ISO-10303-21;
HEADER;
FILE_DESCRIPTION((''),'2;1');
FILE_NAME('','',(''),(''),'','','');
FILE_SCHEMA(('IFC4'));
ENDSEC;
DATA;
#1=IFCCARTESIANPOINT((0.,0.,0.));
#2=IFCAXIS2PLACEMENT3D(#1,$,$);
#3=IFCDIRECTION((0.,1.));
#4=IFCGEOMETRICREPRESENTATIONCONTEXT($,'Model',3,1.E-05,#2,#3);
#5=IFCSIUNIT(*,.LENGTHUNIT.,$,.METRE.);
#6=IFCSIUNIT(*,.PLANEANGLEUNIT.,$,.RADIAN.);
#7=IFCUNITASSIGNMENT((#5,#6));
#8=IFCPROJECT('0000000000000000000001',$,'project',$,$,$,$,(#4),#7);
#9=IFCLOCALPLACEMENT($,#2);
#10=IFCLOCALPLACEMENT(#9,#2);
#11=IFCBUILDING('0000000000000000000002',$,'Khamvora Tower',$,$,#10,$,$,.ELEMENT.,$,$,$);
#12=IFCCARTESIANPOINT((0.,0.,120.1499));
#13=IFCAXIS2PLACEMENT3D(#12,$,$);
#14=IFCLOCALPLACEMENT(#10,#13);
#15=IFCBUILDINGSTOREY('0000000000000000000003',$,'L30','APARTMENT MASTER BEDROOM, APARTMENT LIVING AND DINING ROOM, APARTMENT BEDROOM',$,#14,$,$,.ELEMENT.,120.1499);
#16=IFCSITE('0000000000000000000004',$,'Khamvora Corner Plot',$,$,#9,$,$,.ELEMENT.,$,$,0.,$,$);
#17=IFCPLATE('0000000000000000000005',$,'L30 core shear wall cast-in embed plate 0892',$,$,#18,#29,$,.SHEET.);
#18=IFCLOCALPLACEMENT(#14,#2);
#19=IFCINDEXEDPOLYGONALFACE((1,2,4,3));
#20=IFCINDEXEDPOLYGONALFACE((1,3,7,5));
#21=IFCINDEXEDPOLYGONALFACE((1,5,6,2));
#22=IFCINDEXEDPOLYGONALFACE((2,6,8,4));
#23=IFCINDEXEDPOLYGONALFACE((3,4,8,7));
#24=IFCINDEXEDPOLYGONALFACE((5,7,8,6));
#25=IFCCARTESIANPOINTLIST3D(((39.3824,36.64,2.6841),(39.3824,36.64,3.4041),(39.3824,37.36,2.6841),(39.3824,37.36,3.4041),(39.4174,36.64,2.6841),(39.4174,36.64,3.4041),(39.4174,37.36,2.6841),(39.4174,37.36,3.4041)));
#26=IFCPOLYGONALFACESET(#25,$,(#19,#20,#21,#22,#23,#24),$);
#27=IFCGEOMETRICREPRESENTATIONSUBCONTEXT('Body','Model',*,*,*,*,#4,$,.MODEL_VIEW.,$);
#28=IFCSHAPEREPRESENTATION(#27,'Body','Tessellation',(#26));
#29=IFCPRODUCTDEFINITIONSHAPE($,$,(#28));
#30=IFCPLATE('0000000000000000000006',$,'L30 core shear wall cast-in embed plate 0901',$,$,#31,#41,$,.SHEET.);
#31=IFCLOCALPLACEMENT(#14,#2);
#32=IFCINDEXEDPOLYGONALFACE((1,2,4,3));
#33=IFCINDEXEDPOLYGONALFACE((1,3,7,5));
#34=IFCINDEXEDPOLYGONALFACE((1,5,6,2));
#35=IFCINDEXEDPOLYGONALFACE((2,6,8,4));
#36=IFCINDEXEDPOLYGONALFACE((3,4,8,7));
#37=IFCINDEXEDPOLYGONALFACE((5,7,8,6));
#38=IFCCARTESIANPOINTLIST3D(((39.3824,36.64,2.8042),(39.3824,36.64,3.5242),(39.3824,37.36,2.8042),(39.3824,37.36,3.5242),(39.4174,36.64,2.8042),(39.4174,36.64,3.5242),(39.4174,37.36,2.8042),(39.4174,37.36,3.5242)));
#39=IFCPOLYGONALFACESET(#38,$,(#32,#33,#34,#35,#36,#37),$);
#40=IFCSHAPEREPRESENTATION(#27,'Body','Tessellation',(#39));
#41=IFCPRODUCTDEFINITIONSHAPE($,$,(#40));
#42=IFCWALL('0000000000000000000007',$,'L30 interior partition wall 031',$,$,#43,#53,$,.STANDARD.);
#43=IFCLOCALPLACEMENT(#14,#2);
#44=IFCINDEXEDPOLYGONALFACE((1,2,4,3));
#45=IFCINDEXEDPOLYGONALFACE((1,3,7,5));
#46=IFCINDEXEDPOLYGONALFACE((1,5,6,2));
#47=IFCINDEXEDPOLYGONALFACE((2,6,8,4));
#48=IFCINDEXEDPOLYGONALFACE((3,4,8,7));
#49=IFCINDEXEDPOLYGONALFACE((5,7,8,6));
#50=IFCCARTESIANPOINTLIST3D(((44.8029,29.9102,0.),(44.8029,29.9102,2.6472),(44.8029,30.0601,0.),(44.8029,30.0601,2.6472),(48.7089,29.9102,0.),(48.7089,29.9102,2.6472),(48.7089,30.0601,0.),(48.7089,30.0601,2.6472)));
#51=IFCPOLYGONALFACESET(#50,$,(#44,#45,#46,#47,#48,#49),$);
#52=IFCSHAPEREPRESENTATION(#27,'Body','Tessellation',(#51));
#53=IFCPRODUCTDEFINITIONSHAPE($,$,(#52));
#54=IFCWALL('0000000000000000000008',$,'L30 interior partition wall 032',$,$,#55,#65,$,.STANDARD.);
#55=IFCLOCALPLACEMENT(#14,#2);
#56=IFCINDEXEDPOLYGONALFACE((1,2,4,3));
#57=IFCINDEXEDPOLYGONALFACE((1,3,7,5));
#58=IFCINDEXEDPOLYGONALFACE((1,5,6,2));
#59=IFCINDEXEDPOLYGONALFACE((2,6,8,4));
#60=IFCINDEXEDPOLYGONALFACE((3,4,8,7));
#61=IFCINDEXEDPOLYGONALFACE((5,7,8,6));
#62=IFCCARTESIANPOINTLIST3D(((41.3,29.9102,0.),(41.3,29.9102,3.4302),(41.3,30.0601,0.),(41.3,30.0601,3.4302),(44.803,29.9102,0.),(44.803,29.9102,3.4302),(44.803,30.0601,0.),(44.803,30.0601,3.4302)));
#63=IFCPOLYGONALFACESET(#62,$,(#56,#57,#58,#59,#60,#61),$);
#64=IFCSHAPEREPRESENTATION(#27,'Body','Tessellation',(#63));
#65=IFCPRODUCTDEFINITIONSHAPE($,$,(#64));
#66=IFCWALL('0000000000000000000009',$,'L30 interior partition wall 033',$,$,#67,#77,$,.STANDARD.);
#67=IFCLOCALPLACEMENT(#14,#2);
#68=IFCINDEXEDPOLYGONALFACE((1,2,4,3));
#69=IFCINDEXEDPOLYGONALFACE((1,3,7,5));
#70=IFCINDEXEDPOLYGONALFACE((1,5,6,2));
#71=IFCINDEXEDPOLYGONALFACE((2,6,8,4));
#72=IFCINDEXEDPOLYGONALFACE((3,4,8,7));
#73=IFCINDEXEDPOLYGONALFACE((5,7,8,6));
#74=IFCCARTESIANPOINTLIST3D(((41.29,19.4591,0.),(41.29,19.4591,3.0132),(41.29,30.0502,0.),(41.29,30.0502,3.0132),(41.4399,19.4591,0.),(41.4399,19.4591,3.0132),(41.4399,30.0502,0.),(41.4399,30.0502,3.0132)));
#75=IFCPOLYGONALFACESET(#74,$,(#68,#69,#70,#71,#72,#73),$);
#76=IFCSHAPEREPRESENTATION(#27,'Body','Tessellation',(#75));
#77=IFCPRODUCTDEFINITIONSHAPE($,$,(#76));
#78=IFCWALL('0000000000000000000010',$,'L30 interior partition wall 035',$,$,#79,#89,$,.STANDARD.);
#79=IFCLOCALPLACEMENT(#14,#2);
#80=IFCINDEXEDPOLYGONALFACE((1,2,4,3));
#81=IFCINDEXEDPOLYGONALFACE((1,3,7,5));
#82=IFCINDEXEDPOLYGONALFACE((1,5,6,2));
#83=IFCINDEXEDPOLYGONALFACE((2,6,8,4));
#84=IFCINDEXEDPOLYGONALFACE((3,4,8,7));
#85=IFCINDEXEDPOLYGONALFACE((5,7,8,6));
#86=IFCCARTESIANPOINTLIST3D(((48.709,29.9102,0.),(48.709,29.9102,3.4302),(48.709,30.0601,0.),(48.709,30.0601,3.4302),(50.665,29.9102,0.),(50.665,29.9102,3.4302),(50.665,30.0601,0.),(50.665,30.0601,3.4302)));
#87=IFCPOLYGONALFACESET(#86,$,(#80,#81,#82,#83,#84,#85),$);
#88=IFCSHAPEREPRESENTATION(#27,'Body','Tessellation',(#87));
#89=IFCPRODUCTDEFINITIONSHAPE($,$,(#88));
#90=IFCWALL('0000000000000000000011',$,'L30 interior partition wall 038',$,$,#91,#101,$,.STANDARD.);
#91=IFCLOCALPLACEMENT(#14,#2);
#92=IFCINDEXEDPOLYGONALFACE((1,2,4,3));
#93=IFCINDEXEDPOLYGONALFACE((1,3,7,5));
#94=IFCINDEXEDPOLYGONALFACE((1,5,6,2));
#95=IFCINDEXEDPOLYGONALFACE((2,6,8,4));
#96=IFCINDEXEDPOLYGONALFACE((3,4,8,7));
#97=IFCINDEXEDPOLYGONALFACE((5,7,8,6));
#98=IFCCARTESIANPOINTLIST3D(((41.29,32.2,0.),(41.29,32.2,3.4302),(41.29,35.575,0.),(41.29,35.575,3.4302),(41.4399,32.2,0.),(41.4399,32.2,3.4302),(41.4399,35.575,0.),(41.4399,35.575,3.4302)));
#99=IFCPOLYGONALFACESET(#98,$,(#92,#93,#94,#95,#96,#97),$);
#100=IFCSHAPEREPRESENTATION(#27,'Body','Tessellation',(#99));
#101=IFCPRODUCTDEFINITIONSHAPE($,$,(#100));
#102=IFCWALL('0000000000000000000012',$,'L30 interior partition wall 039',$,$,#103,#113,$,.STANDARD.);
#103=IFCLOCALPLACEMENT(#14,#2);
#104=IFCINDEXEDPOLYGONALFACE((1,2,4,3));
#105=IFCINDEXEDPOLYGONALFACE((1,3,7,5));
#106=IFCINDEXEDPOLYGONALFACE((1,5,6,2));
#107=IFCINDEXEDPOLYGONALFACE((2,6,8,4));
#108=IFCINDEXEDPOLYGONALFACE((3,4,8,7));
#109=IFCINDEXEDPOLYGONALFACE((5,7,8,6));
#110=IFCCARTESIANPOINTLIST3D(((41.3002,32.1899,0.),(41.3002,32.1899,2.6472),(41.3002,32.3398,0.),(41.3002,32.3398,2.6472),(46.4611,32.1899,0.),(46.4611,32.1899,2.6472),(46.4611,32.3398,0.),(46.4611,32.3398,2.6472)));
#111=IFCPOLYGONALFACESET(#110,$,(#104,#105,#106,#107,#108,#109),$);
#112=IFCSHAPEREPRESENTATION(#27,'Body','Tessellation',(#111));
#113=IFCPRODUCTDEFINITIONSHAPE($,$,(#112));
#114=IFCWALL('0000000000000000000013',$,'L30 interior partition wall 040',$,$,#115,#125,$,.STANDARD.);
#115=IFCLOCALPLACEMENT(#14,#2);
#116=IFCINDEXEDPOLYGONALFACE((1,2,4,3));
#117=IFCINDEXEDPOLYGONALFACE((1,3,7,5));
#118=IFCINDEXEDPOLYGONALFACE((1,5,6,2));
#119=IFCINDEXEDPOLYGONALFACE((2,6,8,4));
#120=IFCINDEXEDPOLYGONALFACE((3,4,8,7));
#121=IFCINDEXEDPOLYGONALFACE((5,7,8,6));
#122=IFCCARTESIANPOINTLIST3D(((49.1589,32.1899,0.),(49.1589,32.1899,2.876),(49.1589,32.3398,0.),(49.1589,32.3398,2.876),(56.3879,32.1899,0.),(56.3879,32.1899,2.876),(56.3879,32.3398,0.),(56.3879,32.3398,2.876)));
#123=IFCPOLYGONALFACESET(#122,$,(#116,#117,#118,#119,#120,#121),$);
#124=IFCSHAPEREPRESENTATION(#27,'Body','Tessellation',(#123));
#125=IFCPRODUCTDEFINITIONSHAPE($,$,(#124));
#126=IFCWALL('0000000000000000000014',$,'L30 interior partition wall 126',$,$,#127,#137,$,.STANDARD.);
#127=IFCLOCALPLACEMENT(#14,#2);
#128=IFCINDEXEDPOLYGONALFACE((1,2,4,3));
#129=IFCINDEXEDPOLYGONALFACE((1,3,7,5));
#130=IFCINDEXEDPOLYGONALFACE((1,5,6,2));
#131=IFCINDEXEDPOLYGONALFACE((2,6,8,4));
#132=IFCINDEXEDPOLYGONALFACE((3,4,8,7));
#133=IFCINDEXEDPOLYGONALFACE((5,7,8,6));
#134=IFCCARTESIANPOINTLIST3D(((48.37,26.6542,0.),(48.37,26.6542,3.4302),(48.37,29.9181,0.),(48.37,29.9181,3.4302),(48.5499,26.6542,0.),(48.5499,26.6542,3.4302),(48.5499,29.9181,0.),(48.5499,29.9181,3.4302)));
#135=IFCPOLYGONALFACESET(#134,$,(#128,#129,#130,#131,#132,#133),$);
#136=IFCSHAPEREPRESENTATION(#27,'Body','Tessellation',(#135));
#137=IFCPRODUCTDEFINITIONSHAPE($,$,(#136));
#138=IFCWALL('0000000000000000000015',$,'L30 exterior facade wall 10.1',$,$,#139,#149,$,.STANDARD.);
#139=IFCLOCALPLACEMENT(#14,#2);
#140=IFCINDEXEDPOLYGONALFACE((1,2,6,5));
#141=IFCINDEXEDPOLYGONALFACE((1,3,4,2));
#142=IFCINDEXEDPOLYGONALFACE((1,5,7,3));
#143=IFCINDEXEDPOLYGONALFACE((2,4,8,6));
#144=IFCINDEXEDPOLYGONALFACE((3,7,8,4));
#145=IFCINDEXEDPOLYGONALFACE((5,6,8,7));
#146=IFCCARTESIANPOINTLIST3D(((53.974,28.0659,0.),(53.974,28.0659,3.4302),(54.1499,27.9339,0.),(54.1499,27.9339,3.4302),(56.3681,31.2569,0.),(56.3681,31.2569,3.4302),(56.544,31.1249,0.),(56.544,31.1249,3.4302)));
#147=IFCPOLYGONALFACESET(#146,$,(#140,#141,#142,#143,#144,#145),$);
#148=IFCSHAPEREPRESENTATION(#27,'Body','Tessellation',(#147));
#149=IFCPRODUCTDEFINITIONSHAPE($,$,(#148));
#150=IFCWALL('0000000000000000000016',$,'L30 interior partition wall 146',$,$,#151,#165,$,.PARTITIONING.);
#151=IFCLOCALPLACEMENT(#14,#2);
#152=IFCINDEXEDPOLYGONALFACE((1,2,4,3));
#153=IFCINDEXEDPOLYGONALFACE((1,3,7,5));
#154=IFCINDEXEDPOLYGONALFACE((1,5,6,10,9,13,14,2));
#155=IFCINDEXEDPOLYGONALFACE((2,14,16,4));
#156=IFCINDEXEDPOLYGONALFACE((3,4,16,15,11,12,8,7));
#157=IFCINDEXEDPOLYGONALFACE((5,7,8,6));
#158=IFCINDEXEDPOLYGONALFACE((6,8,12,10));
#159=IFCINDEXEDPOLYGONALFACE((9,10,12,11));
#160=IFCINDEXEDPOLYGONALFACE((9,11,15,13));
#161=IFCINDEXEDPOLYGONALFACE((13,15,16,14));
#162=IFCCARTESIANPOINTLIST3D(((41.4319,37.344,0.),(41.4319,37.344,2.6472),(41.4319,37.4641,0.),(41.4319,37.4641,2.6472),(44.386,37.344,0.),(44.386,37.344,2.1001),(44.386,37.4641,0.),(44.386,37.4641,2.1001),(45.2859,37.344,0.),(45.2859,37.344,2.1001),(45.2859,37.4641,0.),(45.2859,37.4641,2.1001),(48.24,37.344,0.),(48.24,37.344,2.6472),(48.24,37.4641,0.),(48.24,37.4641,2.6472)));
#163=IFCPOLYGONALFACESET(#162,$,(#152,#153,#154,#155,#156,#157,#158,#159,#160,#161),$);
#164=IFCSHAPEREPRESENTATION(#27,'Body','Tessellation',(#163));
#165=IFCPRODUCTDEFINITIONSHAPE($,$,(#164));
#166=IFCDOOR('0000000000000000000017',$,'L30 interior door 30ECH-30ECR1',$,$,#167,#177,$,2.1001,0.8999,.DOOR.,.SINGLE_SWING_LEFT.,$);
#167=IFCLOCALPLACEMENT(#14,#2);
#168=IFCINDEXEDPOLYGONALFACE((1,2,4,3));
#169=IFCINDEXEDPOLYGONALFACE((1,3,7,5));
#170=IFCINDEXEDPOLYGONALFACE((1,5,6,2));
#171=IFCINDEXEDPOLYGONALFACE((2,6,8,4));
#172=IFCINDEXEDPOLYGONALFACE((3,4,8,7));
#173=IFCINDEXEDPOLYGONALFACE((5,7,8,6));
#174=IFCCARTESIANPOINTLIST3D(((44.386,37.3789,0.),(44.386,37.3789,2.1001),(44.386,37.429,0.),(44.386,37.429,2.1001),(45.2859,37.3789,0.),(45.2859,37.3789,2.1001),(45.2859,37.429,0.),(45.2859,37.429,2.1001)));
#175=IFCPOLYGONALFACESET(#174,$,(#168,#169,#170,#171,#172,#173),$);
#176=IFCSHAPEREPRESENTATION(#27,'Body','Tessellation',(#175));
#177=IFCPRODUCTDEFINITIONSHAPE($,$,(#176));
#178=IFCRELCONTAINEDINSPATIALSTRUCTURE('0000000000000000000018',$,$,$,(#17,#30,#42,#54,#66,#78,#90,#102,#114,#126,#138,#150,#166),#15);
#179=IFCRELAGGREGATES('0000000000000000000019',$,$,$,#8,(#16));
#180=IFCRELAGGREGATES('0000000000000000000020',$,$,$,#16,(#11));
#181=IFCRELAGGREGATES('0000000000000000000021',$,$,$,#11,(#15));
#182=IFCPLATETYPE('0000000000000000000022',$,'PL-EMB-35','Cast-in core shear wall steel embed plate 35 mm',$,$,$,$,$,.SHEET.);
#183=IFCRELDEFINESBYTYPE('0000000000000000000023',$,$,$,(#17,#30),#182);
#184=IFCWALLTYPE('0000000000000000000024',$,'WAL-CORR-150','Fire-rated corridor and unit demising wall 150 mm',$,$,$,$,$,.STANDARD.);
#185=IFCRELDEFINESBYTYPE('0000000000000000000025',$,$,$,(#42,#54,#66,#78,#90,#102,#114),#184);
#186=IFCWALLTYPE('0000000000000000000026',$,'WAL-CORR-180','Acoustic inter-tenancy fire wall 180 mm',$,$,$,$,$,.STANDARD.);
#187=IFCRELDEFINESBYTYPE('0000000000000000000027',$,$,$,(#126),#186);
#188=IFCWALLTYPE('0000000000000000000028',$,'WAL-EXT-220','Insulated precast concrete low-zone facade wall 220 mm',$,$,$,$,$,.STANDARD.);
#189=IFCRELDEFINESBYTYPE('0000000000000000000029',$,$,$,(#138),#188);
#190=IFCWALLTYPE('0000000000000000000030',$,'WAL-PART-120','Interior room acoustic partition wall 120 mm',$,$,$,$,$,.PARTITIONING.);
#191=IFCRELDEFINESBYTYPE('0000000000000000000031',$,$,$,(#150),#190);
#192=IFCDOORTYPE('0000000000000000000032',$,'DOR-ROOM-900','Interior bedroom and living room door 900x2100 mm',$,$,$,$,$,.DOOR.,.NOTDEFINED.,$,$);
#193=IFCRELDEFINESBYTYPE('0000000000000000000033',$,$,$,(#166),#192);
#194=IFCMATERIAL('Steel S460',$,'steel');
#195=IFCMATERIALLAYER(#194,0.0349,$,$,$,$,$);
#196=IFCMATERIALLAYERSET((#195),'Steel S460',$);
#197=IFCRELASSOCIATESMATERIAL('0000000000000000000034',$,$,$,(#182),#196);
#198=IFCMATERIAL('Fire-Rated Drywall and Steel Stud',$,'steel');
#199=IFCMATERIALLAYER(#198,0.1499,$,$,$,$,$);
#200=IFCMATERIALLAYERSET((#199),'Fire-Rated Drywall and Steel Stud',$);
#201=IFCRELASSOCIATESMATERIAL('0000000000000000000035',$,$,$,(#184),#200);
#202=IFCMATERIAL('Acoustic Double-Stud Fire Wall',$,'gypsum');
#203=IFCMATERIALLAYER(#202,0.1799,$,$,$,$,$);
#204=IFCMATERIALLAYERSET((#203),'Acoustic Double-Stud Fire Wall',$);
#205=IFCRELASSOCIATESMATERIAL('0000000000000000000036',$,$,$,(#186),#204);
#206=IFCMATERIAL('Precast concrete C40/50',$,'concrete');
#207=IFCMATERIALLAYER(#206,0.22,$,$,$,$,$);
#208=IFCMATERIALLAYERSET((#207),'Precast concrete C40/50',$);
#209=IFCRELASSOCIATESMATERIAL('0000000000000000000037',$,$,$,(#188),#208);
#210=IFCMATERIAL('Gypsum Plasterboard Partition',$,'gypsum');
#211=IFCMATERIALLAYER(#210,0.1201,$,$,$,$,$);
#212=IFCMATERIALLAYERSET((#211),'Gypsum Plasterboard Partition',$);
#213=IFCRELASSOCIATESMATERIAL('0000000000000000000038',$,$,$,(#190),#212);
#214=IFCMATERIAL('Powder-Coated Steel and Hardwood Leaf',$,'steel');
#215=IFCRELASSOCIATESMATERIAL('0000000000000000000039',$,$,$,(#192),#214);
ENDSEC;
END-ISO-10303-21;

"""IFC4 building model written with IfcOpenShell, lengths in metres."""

from ifc_helpers import new_model, si_unit, direction, frame, frame_2d, origin, origin_2d, place, context, subcontext, project, spatial, rectangle, extrude, material, layer, layer_set, type_object, element, fill, save


model = new_model("IFC4")

# Units and contexts
model_context = context("Model", 3, precision=1e-05, world=origin(), true_north=direction((0.0, 1.0)))
body_context = subcontext(model_context, "Body", "Model", "MODEL_VIEW")
ifc_project = project(units=[si_unit("LENGTHUNIT", "METRE"), si_unit("PLANEANGLEUNIT", "RADIAN")], contexts=[model_context])

# Site, building, storey
site_placement = place(None, origin())
site = spatial("IfcSite", under=ifc_project, at=site_placement, Name="Khamvora Corner Plot", CompositionType="ELEMENT", RefElevation=0.0)
building_placement = place(site_placement, origin())
building = spatial("IfcBuilding", under=site, at=building_placement, Name="Khamvora Tower", CompositionType="ELEMENT")
storey_placement = place(building_placement, frame((0.0, 0.0, 120.1499)))
storey = spatial("IfcBuildingStorey", under=building, at=storey_placement, Name="L30", Description="APARTMENT MASTER BEDROOM, APARTMENT LIVING AND DINING ROOM, APARTMENT BEDROOM", CompositionType="ELEMENT", Elevation=120.1499)

# Plates
ifc_material_1 = material(Name="Steel S460", Category="steel")
ifc_layer_1 = layer(ifc_material_1, 0.0349)
ifc_layer_set_1 = layer_set([ifc_layer_1], Name="Steel S460")
plate_type = type_object("IfcPlateType", Name="PL-EMB-35", Description="Cast-in core shear wall steel embed plate 35 mm", PredefinedType="SHEET", material=ifc_layer_set_1)
for number, where, z_axis, x_axis, name in (
    (1, (39.3999, 37.0, 2.6841), (0.0, 0.0, 1.0), (1.0, 0.0, 0.0), "L30 core shear wall cast-in embed plate 0892"),
    (2, (39.3999, 37.0, 2.8042), (0.0, 0.0, 1.0), (1.0, 0.0, 0.0), "L30 core shear wall cast-in embed plate 0901"),
):
    element("IfcPlate", number, at=place(storey_placement, frame(where, z_axis=z_axis, x_axis=x_axis)), inside=storey, type_object=plate_type, Name=name, PredefinedType="SHEET", context=body_context, shape_type="SweptSolid", body=[
        extrude(rectangle(XDim=0.0349, YDim=0.72, at=origin_2d()), origin(), (0.0, 0.0, 1.0), 0.72),
    ])

# Walls
ifc_material_2 = material(Name="Fire-Rated Drywall and Steel Stud", Category="steel")
ifc_layer_2 = layer(ifc_material_2, 0.1499)
ifc_layer_set_2 = layer_set([ifc_layer_2], Name="Fire-Rated Drywall and Steel Stud")
wall_type_1 = type_object("IfcWallType", Name="WAL-CORR-150", Description="Fire-rated corridor and unit demising wall 150 mm", PredefinedType="STANDARD", material=ifc_layer_set_2)
wall_1_placement = place(storey_placement, frame((48.709, 29.9851, 0.0), z_axis=(0.0, 0.0, 1.0), x_axis=(-1.0, 0.0, 0.0)))
element("IfcWall", 3, at=wall_1_placement, inside=storey, type_object=wall_type_1, Name="L30 interior partition wall 031", PredefinedType="STANDARD", context=body_context, shape_type="SweptSolid", body=[
    extrude(rectangle(XDim=3.906, YDim=0.1499, at=frame_2d((1.9531, 0.0))), origin(), (0.0, 0.0, 1.0), 2.6472),
])
wall_2_placement = place(storey_placement, frame((44.803, 29.9851, 0.0), z_axis=(0.0, 0.0, 1.0), x_axis=(-1.0, 0.0, 0.0)))
element("IfcWall", 4, at=wall_2_placement, inside=storey, type_object=wall_type_1, Name="L30 interior partition wall 032", PredefinedType="STANDARD", context=body_context, shape_type="SweptSolid", body=[
    extrude(rectangle(XDim=3.5029, YDim=0.1499, at=frame_2d((1.7515, 0.0))), origin(), (0.0, 0.0, 1.0), 3.4302),
])
wall_3_placement = place(storey_placement, frame((41.365, 30.05, 0.0), z_axis=(0.0, 0.0, 1.0), x_axis=(0.0, -1.0, 0.0)))
element("IfcWall", 5, at=wall_3_placement, inside=storey, type_object=wall_type_1, Name="L30 interior partition wall 033", PredefinedType="STANDARD", context=body_context, shape_type="SweptSolid", body=[
    extrude(rectangle(XDim=10.5911, YDim=0.1499, at=frame_2d((5.2954, 0.0))), origin(), (0.0, 0.0, 1.0), 3.0132),
])

# Shared definitions
ifc_material_3 = material(Name="Powder-Coated Steel and Hardwood Leaf", Category="steel")

# Wall
wall_4_placement = place(storey_placement, frame((50.665, 29.9851, 0.0), z_axis=(0.0, 0.0, 1.0), x_axis=(-1.0, 0.0, 0.0)))
element("IfcWall", 6, at=wall_4_placement, inside=storey, type_object=wall_type_1, Name="L30 interior partition wall 035", PredefinedType="STANDARD", context=body_context, shape_type="SweptSolid", body=[
    extrude(rectangle(XDim=1.9561, YDim=0.1499, at=frame_2d((0.978, 0.0))), origin(), (0.0, 0.0, 1.0), 3.4302),
])

# Walls
wall_5_placement = place(storey_placement, frame((41.365, 35.575, 0.0), z_axis=(0.0, 0.0, 1.0), x_axis=(0.0, -1.0, 0.0)))
element("IfcWall", 7, at=wall_5_placement, inside=storey, type_object=wall_type_1, Name="L30 interior partition wall 038", PredefinedType="STANDARD", context=body_context, shape_type="SweptSolid", body=[
    extrude(rectangle(XDim=3.375, YDim=0.1499, at=frame_2d((1.6875, 0.0))), origin(), (0.0, 0.0, 1.0), 3.4302),
])
wall_6_placement = place(storey_placement, frame((41.3, 32.2649, 0.0), z_axis=(0.0, 0.0, 1.0), x_axis=(1.0, 0.0, 0.0)))
element("IfcWall", 8, at=wall_6_placement, inside=storey, type_object=wall_type_1, Name="L30 interior partition wall 039", PredefinedType="STANDARD", context=body_context, shape_type="SweptSolid", body=[
    extrude(rectangle(XDim=5.1609, YDim=0.1499, at=frame_2d((2.5806, 0.0))), origin(), (0.0, 0.0, 1.0), 2.6472),
])
wall_7_placement = place(storey_placement, frame((49.1589, 32.2649, 0.0), z_axis=(0.0, 0.0, 1.0), x_axis=(1.0, 0.0, 0.0)))
element("IfcWall", 9, at=wall_7_placement, inside=storey, type_object=wall_type_1, Name="L30 interior partition wall 040", PredefinedType="STANDARD", context=body_context, shape_type="SweptSolid", body=[
    extrude(rectangle(XDim=7.229, YDim=0.1499, at=frame_2d((3.6145, 0.0))), origin(), (0.0, 0.0, 1.0), 2.876),
])
ifc_material_4 = material(Name="Acoustic Double-Stud Fire Wall", Category="gypsum")
ifc_layer_3 = layer(ifc_material_4, 0.1799)
ifc_layer_set_3 = layer_set([ifc_layer_3], Name="Acoustic Double-Stud Fire Wall")
wall_type_2 = type_object("IfcWallType", Name="WAL-CORR-180", Description="Acoustic inter-tenancy fire wall 180 mm", PredefinedType="STANDARD", material=ifc_layer_set_3)
wall_8_placement = place(storey_placement, frame((48.46, 29.918, 0.0), z_axis=(0.0, 0.0, 1.0), x_axis=(0.0, -1.0, 0.0)))
element("IfcWall", 10, at=wall_8_placement, inside=storey, type_object=wall_type_2, Name="L30 interior partition wall 126", PredefinedType="STANDARD", context=body_context, shape_type="SweptSolid", body=[
    extrude(rectangle(XDim=3.2639, YDim=0.1799, at=frame_2d((1.6318, 0.0))), origin(), (0.0, 0.0, 1.0), 3.4302),
])
ifc_material_5 = material(Name="Precast concrete C40/50", Category="concrete")
ifc_layer_4 = layer(ifc_material_5, 0.22)
ifc_layer_set_4 = layer_set([ifc_layer_4], Name="Precast concrete C40/50")
wall_type_3 = type_object("IfcWallType", Name="WAL-EXT-220", Description="Insulated precast concrete low-zone facade wall 220 mm", PredefinedType="STANDARD", material=ifc_layer_set_4)
wall_9_placement = place(storey_placement, frame((56.4561, 31.1909, 0.0), z_axis=(0.0, 0.0, 1.0), x_axis=(-0.600137, -0.799897, 0.0)))
element("IfcWall", 11, at=wall_9_placement, inside=storey, type_object=wall_type_3, Name="L30 exterior facade wall 10.1", PredefinedType="STANDARD", context=body_context, shape_type="SweptSolid", body=[
    extrude(rectangle(XDim=3.9893, YDim=0.22, at=frame_2d((1.9946, 0.0))), origin(), (0.0, 0.0, 1.0), 3.4302),
])

# Wall, opening, door
ifc_material_6 = material(Name="Gypsum Plasterboard Partition", Category="gypsum")
ifc_layer_5 = layer(ifc_material_6, 0.1201)
ifc_layer_set_5 = layer_set([ifc_layer_5], Name="Gypsum Plasterboard Partition")
wall_type_4 = type_object("IfcWallType", Name="WAL-PART-120", Description="Interior room acoustic partition wall 120 mm", PredefinedType="PARTITIONING", material=ifc_layer_set_5)
wall_10_placement = place(storey_placement, frame((41.4319, 37.4041, 0.0), z_axis=(0.0, 0.0, 1.0), x_axis=(1.0, 0.0, 0.0)))
wall_10 = element("IfcWall", 12, at=wall_10_placement, inside=storey, type_object=wall_type_4, Name="L30 interior partition wall 146", PredefinedType="PARTITIONING", context=body_context, shape_type="SweptSolid", body=[
    extrude(rectangle(XDim=6.8081, YDim=0.1201, at=frame_2d((3.4041, 0.0))), origin(), (0.0, 0.0, 1.0), 2.6472),
])
opening_1_placement = place(wall_10_placement, frame((2.9541, 0.0, 0.0)))
opening_1 = element("IfcOpeningElement", 13, at=opening_1_placement, cuts=wall_10, PredefinedType="OPENING", context=body_context, shape_type="SweptSolid", body=[
    extrude(rectangle(XDim=0.8999, YDim=2.1001, at=frame_2d((0.45, 1.05))), frame((0.0, 0.0701, 0.0), z_axis=(0.0, -1.0, 0.0), x_axis=(1.0, 0.0, 0.0)), (0.0, 0.0, 1.0), 0.1401),
])
door_type_1 = type_object("IfcDoorType", Name="DOR-ROOM-900", Description="Interior bedroom and living room door 900x2100 mm", OperationType="NOTDEFINED", PredefinedType="DOOR", material=ifc_material_3)
door_1_placement = place(opening_1_placement, origin())
door_1 = element("IfcDoor", 14, at=door_1_placement, inside=storey, type_object=door_type_1, Name="L30 interior door 30ECH-30ECR1", OperationType="SINGLE_SWING_LEFT", OverallHeight=2.1001, OverallWidth=0.8999, PredefinedType="DOOR", context=body_context, shape_type="SweptSolid", body=[
    extrude(rectangle(XDim=0.8999, YDim=2.1001, at=frame_2d((0.45, 1.05))), frame((0.0, 0.0249, 0.0), z_axis=(0.0, -1.0, 0.0), x_axis=(1.0, 0.0, 0.0)), (0.0, 0.0, 1.0), 0.05),
])
fill(opening_1, door_1)

save(model, "model.ifc")
